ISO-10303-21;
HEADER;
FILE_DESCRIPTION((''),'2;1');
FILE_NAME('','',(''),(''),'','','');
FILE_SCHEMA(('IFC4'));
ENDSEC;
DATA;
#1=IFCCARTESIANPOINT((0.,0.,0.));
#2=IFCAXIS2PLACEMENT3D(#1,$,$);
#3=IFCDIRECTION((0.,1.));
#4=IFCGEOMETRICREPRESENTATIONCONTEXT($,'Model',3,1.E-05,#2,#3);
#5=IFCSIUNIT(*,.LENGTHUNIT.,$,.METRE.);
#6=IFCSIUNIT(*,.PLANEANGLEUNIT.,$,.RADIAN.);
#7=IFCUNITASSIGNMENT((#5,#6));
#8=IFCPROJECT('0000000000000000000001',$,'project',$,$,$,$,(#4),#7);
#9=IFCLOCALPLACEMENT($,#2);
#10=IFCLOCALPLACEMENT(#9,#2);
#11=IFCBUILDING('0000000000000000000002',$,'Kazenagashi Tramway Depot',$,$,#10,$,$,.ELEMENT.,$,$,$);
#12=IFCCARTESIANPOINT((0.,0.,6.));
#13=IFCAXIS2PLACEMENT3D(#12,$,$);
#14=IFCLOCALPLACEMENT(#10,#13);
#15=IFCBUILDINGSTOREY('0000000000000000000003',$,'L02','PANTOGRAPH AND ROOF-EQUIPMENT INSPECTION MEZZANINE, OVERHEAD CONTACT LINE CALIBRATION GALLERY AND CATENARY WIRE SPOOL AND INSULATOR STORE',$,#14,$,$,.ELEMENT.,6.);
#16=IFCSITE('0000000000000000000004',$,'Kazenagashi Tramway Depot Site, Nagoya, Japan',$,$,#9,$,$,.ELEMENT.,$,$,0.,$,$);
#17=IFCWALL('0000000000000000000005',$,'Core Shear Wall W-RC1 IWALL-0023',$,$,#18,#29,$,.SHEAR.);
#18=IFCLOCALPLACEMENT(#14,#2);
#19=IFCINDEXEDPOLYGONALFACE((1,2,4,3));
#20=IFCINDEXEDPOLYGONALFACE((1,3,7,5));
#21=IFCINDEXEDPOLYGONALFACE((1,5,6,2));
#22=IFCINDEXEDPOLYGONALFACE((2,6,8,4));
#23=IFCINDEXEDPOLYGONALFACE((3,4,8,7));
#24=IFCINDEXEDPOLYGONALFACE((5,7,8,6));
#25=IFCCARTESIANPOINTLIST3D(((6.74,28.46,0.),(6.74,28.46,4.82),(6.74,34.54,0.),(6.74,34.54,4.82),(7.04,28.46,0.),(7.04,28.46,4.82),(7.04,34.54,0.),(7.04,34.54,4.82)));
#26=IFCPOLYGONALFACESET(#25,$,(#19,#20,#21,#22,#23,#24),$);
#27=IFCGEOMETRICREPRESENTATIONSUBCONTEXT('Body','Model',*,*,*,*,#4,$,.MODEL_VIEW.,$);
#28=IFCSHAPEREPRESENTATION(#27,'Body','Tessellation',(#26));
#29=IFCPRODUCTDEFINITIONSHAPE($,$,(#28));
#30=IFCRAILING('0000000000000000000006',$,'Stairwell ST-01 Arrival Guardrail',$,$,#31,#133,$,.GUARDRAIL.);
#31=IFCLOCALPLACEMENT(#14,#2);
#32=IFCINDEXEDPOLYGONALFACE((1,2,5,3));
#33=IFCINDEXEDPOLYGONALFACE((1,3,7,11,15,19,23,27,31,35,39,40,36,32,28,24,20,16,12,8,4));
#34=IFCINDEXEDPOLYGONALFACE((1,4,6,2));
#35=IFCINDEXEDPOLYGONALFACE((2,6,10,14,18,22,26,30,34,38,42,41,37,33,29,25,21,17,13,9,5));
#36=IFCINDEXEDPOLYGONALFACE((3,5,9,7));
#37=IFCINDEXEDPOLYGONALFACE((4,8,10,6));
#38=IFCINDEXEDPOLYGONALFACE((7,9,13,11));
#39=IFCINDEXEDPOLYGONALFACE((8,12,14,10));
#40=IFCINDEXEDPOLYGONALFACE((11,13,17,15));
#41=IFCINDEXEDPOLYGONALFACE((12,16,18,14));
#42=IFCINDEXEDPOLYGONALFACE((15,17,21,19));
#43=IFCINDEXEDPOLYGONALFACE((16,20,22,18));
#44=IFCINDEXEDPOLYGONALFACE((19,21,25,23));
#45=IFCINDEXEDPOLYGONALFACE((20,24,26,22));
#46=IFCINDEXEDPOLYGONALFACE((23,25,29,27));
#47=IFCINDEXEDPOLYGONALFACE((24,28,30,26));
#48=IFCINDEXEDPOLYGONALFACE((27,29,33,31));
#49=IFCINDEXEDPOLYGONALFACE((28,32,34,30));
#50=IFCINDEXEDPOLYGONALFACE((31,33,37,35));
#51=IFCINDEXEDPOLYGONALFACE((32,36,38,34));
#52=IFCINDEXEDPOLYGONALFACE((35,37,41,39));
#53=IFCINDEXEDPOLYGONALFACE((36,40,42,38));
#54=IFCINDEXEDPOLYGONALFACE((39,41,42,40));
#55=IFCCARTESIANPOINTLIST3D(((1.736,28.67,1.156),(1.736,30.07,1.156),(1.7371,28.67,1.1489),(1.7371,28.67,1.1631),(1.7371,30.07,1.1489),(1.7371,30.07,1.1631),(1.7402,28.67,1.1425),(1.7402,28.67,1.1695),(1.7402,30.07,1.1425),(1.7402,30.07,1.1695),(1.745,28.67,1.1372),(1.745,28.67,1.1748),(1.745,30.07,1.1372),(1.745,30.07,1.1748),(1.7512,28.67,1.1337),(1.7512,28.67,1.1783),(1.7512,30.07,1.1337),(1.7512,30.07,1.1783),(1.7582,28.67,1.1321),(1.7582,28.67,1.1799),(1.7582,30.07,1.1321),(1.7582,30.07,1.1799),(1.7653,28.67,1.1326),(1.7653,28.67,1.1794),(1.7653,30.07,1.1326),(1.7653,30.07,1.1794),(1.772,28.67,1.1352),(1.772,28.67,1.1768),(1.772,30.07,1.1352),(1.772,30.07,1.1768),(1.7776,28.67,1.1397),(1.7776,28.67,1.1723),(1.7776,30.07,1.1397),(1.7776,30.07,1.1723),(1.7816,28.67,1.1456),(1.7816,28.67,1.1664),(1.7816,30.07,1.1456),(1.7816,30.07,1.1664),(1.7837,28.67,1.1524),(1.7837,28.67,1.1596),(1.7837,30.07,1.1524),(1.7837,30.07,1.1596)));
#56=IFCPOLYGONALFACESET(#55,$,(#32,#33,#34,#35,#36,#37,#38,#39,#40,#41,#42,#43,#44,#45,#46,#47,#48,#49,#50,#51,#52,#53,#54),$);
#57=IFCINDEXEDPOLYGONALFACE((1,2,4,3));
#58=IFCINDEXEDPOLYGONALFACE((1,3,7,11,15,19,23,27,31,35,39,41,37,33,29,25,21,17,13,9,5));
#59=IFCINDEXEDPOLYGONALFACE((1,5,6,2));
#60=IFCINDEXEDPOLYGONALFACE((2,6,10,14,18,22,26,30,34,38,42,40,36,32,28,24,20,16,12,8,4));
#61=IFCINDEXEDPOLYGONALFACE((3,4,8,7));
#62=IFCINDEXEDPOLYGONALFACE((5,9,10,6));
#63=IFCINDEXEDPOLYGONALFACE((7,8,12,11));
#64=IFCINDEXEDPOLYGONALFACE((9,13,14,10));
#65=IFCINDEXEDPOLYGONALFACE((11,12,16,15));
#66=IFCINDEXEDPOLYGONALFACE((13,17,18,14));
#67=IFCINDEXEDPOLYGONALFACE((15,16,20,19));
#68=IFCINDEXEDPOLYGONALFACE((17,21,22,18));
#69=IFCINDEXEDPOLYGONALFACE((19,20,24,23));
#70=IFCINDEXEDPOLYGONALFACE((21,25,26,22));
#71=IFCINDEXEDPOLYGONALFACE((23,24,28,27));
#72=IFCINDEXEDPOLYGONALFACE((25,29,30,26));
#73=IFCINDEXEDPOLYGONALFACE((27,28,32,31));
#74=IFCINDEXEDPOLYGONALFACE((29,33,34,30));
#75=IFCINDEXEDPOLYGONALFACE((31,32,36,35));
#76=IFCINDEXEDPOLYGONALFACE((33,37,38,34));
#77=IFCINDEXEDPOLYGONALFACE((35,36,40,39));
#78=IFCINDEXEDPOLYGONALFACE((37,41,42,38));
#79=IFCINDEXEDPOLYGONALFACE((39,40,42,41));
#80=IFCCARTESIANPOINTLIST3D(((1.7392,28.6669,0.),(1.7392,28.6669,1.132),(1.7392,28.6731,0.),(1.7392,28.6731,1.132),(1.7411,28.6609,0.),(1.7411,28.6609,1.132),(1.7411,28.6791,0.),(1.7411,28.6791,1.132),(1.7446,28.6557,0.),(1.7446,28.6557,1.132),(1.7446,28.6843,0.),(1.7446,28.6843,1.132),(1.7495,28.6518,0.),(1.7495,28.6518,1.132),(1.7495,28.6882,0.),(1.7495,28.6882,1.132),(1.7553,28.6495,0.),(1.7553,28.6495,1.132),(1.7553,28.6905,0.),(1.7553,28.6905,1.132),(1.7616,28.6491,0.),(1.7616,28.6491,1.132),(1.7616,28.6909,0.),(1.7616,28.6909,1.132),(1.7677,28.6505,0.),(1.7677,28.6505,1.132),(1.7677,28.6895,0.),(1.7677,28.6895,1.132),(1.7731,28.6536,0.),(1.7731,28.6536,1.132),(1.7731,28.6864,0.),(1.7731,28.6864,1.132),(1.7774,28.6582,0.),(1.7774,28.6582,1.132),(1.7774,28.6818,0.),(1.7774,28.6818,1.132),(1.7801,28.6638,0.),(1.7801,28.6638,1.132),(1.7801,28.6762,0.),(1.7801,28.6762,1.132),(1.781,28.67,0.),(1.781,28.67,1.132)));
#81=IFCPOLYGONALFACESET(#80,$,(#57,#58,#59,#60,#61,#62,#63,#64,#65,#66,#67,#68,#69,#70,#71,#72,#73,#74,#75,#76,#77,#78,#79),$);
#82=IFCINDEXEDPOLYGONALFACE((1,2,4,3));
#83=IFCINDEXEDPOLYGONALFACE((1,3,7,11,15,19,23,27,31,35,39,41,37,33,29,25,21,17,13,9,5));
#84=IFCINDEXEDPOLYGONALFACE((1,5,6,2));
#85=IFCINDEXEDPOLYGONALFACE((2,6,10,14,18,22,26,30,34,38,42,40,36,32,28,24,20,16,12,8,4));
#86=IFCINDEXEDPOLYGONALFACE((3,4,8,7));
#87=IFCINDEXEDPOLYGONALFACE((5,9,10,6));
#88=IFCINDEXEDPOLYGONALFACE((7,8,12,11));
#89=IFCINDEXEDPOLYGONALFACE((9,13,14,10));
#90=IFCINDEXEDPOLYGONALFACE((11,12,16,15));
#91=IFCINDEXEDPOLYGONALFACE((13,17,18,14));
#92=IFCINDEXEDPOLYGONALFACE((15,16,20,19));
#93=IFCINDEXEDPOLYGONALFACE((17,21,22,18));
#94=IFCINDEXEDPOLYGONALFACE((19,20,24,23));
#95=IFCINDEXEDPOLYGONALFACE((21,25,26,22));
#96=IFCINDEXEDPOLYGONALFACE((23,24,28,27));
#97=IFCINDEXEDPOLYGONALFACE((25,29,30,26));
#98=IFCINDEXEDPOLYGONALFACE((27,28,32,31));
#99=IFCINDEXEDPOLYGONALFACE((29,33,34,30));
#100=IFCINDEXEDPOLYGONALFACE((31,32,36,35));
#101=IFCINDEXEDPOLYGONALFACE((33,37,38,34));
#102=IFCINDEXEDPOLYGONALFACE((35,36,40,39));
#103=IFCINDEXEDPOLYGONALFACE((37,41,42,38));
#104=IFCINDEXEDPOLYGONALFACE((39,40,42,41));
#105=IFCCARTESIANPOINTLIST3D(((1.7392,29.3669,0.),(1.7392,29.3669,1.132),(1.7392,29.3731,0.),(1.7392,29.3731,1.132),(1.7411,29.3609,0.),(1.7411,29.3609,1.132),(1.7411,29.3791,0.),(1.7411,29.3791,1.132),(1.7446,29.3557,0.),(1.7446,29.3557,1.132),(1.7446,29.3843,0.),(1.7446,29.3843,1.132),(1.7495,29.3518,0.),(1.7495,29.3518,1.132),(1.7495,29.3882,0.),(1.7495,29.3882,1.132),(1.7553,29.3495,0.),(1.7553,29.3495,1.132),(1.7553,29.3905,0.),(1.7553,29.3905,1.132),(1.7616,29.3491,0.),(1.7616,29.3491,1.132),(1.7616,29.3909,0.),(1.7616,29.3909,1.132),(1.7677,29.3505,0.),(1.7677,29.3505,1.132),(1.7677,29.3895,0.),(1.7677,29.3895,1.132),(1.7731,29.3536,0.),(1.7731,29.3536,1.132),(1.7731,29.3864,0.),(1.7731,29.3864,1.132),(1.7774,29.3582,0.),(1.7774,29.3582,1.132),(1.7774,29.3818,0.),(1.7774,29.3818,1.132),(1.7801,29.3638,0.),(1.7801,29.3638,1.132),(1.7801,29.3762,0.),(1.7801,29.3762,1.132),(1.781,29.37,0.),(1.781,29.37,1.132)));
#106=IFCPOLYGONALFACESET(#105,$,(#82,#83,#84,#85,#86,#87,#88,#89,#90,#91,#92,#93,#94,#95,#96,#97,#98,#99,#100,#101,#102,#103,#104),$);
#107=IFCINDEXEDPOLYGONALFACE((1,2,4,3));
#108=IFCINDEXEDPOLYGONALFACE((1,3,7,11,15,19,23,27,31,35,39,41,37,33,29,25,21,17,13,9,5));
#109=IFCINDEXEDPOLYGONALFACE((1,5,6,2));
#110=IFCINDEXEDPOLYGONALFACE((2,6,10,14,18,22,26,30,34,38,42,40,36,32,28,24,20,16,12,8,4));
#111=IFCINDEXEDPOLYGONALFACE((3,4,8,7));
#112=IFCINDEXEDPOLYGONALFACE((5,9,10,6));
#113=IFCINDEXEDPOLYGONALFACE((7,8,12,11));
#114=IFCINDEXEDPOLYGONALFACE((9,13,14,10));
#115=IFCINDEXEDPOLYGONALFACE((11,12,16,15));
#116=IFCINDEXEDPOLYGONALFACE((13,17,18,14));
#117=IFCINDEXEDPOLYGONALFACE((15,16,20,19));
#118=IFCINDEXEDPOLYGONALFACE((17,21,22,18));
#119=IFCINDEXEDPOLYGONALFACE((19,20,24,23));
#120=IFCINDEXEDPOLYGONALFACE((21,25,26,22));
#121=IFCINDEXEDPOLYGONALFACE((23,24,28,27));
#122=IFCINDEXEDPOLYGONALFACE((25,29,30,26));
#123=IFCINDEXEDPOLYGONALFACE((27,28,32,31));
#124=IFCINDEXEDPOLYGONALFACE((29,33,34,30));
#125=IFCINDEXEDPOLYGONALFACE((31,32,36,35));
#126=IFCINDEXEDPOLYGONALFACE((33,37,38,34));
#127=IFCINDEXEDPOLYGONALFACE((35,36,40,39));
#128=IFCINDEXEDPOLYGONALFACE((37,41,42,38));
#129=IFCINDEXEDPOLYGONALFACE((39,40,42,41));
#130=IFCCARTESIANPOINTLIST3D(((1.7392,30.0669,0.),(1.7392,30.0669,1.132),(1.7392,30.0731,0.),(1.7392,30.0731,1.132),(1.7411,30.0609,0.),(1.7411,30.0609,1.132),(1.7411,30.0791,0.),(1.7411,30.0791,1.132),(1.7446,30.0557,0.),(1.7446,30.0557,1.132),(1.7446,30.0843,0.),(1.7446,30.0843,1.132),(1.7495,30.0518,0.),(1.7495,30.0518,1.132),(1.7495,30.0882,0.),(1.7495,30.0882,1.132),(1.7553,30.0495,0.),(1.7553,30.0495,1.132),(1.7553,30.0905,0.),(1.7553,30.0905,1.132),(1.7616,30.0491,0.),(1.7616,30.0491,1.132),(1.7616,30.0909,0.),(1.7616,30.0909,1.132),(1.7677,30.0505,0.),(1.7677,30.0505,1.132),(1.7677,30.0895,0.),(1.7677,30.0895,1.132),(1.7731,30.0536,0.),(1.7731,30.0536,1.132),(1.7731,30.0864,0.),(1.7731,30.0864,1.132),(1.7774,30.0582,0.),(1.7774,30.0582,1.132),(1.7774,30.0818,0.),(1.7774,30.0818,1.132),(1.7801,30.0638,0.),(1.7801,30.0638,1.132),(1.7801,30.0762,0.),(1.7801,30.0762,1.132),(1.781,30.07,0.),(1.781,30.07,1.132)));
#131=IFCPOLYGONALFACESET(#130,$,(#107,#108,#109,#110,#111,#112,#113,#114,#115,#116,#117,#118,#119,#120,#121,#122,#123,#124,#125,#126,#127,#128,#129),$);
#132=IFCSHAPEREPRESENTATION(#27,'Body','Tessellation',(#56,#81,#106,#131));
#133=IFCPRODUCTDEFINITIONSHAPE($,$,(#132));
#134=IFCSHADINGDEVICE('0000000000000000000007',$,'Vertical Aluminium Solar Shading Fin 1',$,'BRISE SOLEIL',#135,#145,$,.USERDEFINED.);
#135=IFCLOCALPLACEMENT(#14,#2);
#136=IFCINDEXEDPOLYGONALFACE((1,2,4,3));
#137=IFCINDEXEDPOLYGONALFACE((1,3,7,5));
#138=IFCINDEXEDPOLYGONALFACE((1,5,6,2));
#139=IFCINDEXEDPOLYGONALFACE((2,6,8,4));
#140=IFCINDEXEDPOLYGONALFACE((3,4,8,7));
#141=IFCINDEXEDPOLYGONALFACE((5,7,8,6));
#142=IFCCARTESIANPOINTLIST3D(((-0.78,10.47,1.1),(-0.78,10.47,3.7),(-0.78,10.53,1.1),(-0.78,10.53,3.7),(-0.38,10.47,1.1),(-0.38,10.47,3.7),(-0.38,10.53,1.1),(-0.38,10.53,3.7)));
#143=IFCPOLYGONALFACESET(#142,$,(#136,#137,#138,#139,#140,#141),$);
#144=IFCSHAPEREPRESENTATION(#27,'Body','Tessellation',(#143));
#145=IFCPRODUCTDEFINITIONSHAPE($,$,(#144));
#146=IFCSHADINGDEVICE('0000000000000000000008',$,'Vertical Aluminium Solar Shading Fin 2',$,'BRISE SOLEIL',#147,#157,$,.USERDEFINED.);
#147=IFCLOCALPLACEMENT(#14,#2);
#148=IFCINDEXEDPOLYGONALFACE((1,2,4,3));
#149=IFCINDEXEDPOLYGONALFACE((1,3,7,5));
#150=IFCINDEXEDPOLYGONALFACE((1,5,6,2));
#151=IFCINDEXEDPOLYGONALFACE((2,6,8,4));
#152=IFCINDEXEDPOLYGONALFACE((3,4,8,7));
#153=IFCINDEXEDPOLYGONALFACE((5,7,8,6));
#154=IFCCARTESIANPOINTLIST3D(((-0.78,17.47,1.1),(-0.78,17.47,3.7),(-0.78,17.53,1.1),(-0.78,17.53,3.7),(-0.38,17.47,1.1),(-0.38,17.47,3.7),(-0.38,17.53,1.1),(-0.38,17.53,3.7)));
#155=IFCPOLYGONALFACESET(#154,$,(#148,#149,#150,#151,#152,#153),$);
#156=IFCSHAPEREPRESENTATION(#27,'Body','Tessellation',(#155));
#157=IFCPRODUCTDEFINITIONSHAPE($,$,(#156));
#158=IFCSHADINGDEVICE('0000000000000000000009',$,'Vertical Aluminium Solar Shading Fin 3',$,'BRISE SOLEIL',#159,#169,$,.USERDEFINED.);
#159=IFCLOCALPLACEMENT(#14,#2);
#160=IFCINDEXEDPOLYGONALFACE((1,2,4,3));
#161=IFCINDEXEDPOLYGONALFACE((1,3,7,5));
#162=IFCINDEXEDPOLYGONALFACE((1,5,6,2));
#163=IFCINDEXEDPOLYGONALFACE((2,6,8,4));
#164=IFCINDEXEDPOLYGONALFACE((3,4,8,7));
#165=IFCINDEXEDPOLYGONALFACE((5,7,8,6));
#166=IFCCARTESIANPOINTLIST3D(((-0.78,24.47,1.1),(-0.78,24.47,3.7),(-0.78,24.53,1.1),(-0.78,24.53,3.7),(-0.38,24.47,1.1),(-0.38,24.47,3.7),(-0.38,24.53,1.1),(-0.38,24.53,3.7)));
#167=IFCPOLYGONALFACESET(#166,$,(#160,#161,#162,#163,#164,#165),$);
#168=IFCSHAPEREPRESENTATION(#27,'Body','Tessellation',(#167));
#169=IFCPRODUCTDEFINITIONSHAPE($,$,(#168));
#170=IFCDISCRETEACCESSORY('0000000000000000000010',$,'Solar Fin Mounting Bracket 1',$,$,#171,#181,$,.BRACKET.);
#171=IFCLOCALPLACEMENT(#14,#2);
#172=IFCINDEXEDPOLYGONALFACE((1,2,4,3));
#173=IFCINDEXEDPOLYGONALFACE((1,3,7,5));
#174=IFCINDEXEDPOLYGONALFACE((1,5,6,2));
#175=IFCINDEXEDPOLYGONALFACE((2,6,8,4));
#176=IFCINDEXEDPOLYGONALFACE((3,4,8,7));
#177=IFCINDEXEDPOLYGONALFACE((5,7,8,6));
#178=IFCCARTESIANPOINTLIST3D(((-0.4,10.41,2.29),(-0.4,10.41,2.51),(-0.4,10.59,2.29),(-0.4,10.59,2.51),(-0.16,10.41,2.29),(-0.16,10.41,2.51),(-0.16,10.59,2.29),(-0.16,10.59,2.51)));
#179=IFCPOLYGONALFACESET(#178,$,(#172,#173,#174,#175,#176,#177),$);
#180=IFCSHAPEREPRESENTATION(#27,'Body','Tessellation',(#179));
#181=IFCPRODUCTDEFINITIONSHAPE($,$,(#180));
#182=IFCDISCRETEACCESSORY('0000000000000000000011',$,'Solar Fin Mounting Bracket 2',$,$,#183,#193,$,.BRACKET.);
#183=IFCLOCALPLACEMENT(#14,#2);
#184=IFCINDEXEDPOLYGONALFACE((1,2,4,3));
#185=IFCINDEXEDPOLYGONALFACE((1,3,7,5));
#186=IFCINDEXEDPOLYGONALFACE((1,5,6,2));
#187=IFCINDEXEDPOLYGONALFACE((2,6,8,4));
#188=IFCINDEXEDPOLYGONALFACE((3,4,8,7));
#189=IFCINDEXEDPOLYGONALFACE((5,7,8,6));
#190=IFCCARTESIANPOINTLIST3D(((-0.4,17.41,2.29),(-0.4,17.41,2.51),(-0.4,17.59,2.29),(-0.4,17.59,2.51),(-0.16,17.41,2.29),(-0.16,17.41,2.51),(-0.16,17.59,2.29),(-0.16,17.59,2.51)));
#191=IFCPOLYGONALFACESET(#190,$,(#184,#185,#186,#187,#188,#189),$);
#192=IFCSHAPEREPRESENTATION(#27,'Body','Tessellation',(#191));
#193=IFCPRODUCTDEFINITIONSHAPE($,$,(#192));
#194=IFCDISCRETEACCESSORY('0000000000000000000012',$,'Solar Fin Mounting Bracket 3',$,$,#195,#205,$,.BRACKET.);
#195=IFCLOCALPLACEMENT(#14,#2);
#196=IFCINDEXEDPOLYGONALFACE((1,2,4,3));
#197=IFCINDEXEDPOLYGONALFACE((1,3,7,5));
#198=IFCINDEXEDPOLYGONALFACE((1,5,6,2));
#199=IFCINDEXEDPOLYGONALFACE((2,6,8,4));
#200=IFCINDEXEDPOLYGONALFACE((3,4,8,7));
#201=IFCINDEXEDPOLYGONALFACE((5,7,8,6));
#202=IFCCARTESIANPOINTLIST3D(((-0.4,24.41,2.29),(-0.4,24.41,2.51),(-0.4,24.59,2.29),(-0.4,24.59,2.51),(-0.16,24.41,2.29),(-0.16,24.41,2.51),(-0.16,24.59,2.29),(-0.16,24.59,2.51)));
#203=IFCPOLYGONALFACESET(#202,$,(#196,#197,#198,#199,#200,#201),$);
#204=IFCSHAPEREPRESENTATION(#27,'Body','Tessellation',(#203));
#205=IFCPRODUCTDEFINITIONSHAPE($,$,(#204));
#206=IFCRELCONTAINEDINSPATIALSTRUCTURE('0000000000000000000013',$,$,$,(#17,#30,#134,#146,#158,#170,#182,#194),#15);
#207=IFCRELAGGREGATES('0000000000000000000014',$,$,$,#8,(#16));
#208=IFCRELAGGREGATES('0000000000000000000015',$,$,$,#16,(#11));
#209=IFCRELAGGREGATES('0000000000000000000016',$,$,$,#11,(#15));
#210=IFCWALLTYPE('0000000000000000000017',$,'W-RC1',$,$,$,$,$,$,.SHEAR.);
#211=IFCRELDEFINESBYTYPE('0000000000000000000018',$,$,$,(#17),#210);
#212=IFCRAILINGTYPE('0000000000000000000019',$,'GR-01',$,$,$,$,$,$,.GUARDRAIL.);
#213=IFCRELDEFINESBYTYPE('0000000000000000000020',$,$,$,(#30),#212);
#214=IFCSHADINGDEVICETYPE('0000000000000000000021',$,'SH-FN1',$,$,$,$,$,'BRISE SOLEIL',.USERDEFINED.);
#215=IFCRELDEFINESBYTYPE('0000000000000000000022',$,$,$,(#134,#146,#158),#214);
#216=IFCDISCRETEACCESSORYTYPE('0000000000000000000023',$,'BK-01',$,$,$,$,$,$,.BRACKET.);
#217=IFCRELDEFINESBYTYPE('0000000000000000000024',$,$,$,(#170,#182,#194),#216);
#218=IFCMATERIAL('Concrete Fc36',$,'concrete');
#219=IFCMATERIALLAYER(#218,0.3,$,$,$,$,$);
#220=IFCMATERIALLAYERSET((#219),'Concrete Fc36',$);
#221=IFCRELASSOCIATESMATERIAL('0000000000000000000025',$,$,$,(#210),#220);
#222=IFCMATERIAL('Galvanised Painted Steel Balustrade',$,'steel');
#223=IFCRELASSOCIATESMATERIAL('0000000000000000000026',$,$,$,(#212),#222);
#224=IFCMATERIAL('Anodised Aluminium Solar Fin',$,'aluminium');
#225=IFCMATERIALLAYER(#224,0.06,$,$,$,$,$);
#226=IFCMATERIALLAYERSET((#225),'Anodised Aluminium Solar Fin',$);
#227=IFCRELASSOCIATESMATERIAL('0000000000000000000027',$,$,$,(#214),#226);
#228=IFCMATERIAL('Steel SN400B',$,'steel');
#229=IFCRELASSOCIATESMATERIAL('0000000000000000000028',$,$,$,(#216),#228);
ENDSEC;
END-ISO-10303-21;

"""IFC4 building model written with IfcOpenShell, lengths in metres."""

from ifc_helpers import new_model, si_unit, direction, frame, frame_2d, origin, origin_2d, place, context, subcontext, project, spatial, rectangle, circle, extrude, material, layer, layer_set, type_object, element, save


model = new_model("IFC4")

# Units and contexts
model_context = context("Model", 3, precision=1e-05, world=origin(), true_north=direction((0.0, 1.0)))
body_context = subcontext(model_context, "Body", "Model", "MODEL_VIEW")
ifc_project = project(units=[si_unit("LENGTHUNIT", "METRE"), si_unit("PLANEANGLEUNIT", "RADIAN")], contexts=[model_context])

# Site, building, storey
site_placement = place(None, origin())
site = spatial("IfcSite", under=ifc_project, at=site_placement, Name="Kazenagashi Tramway Depot Site, Nagoya, Japan", CompositionType="ELEMENT", RefElevation=0.0)
building_placement = place(site_placement, origin())
building = spatial("IfcBuilding", under=site, at=building_placement, Name="Kazenagashi Tramway Depot", CompositionType="ELEMENT")
storey_placement = place(building_placement, frame((0.0, 0.0, 6.0)))
storey = spatial("IfcBuildingStorey", under=building, at=storey_placement, Name="L02", Description="PANTOGRAPH AND ROOF-EQUIPMENT INSPECTION MEZZANINE, OVERHEAD CONTACT LINE CALIBRATION GALLERY AND CATENARY WIRE SPOOL AND INSULATOR STORE", CompositionType="ELEMENT", Elevation=6.0)

# Shared definitions
ifc_material_1 = material(Name="Steel SN400B", Category="steel")

# Wall
ifc_material_2 = material(Name="Concrete Fc36", Category="concrete")
ifc_layer_1 = layer(ifc_material_2, 0.3)
ifc_layer_set_1 = layer_set([ifc_layer_1], Name="Concrete Fc36")
wall_type_1 = type_object("IfcWallType", Name="W-RC1", PredefinedType="SHEAR", material=ifc_layer_set_1)
for number, where, z_axis, x_axis, name in (
    (1, (6.89, 28.46, 0.0), (0.0, 0.0, 1.0), (0.0, 1.0, 0.0), "Core Shear Wall W-RC1 IWALL-0023"),
):
    element("IfcWall", number, at=place(storey_placement, frame(where, z_axis=z_axis, x_axis=x_axis)), inside=storey, type_object=wall_type_1, Name=name, PredefinedType="SHEAR", context=body_context, shape_type="SweptSolid", body=[
        extrude(rectangle(XDim=6.08, YDim=0.3, at=frame_2d((3.04, 0.0))), origin(), (0.0, 0.0, 1.0), 4.82),
    ])

# Railing
ifc_material_3 = material(Name="Galvanised Painted Steel Balustrade", Category="steel")
railing_type = type_object("IfcRailingType", Name="GR-01", PredefinedType="GUARDRAIL", material=ifc_material_3)
railing_placement = place(storey_placement, frame((1.76, 28.67, 0.0)))
element("IfcRailing", 2, at=railing_placement, inside=storey, type_object=railing_type, Name="Stairwell ST-01 Arrival Guardrail", PredefinedType="GUARDRAIL", context=body_context, shape_type="SweptSolid", body=[
    extrude(circle(Radius=0.024, at=origin_2d()), frame((0.0, 0.0, 1.156), z_axis=(0.0, 1.0, 0.0), x_axis=(-1.0, 0.0, 0.0)), (0.0, 0.0, 1.0), 1.4),
    extrude(circle(Radius=0.021, at=origin_2d()), origin(), (0.0, 0.0, 1.0), 1.132),
    extrude(circle(Radius=0.021, at=origin_2d()), frame((0.0, 0.7, 0.0)), (0.0, 0.0, 1.0), 1.132),
    extrude(circle(Radius=0.021, at=origin_2d()), frame((0.0, 1.4, 0.0)), (0.0, 0.0, 1.0), 1.132),
])

# Shading devices
ifc_material_4 = material(Name="Anodised Aluminium Solar Fin", Category="aluminium")
ifc_layer_2 = layer(ifc_material_4, 0.06)
ifc_layer_set_2 = layer_set([ifc_layer_2], Name="Anodised Aluminium Solar Fin")
shading_device_type = type_object("IfcShadingDeviceType", Name="SH-FN1", ElementType="BRISE SOLEIL", PredefinedType="USERDEFINED", material=ifc_layer_set_2)
for number, where, z_axis, x_axis, name in (
    (3, (-0.58, 10.5, 1.1), (0.0, 0.0, 1.0), (1.0, 0.0, 0.0), "Vertical Aluminium Solar Shading Fin 1"),
    (4, (-0.58, 17.5, 1.1), (0.0, 0.0, 1.0), (1.0, 0.0, 0.0), "Vertical Aluminium Solar Shading Fin 2"),
    (5, (-0.58, 24.5, 1.1), (0.0, 0.0, 1.0), (1.0, 0.0, 0.0), "Vertical Aluminium Solar Shading Fin 3"),
):
    element("IfcShadingDevice", number, at=place(storey_placement, frame(where, z_axis=z_axis, x_axis=x_axis)), inside=storey, type_object=shading_device_type, Name=name, ObjectType="BRISE SOLEIL", PredefinedType="USERDEFINED", context=body_context, shape_type="SweptSolid", body=[
        extrude(rectangle(XDim=0.4, YDim=0.06, at=origin_2d()), origin(), (0.0, 0.0, 1.0), 2.6),
    ])

# Discrete accessories
discrete_accessory_type = type_object("IfcDiscreteAccessoryType", Name="BK-01", PredefinedType="BRACKET", material=ifc_material_1)
for number, where, z_axis, x_axis, name in (
    (6, (-0.28, 10.5, 2.29), (0.0, 0.0, 1.0), (1.0, 0.0, 0.0), "Solar Fin Mounting Bracket 1"),
    (7, (-0.28, 17.5, 2.29), (0.0, 0.0, 1.0), (1.0, 0.0, 0.0), "Solar Fin Mounting Bracket 2"),
    (8, (-0.28, 24.5, 2.29), (0.0, 0.0, 1.0), (1.0, 0.0, 0.0), "Solar Fin Mounting Bracket 3"),
):
    element("IfcDiscreteAccessory", number, at=place(storey_placement, frame(where, z_axis=z_axis, x_axis=x_axis)), inside=storey, type_object=discrete_accessory_type, Name=name, PredefinedType="BRACKET", context=body_context, shape_type="SweptSolid", body=[
        extrude(rectangle(XDim=0.24, YDim=0.18, at=origin_2d()), origin(), (0.0, 0.0, 1.0), 0.22),
    ])

save(model, "model.ifc")
